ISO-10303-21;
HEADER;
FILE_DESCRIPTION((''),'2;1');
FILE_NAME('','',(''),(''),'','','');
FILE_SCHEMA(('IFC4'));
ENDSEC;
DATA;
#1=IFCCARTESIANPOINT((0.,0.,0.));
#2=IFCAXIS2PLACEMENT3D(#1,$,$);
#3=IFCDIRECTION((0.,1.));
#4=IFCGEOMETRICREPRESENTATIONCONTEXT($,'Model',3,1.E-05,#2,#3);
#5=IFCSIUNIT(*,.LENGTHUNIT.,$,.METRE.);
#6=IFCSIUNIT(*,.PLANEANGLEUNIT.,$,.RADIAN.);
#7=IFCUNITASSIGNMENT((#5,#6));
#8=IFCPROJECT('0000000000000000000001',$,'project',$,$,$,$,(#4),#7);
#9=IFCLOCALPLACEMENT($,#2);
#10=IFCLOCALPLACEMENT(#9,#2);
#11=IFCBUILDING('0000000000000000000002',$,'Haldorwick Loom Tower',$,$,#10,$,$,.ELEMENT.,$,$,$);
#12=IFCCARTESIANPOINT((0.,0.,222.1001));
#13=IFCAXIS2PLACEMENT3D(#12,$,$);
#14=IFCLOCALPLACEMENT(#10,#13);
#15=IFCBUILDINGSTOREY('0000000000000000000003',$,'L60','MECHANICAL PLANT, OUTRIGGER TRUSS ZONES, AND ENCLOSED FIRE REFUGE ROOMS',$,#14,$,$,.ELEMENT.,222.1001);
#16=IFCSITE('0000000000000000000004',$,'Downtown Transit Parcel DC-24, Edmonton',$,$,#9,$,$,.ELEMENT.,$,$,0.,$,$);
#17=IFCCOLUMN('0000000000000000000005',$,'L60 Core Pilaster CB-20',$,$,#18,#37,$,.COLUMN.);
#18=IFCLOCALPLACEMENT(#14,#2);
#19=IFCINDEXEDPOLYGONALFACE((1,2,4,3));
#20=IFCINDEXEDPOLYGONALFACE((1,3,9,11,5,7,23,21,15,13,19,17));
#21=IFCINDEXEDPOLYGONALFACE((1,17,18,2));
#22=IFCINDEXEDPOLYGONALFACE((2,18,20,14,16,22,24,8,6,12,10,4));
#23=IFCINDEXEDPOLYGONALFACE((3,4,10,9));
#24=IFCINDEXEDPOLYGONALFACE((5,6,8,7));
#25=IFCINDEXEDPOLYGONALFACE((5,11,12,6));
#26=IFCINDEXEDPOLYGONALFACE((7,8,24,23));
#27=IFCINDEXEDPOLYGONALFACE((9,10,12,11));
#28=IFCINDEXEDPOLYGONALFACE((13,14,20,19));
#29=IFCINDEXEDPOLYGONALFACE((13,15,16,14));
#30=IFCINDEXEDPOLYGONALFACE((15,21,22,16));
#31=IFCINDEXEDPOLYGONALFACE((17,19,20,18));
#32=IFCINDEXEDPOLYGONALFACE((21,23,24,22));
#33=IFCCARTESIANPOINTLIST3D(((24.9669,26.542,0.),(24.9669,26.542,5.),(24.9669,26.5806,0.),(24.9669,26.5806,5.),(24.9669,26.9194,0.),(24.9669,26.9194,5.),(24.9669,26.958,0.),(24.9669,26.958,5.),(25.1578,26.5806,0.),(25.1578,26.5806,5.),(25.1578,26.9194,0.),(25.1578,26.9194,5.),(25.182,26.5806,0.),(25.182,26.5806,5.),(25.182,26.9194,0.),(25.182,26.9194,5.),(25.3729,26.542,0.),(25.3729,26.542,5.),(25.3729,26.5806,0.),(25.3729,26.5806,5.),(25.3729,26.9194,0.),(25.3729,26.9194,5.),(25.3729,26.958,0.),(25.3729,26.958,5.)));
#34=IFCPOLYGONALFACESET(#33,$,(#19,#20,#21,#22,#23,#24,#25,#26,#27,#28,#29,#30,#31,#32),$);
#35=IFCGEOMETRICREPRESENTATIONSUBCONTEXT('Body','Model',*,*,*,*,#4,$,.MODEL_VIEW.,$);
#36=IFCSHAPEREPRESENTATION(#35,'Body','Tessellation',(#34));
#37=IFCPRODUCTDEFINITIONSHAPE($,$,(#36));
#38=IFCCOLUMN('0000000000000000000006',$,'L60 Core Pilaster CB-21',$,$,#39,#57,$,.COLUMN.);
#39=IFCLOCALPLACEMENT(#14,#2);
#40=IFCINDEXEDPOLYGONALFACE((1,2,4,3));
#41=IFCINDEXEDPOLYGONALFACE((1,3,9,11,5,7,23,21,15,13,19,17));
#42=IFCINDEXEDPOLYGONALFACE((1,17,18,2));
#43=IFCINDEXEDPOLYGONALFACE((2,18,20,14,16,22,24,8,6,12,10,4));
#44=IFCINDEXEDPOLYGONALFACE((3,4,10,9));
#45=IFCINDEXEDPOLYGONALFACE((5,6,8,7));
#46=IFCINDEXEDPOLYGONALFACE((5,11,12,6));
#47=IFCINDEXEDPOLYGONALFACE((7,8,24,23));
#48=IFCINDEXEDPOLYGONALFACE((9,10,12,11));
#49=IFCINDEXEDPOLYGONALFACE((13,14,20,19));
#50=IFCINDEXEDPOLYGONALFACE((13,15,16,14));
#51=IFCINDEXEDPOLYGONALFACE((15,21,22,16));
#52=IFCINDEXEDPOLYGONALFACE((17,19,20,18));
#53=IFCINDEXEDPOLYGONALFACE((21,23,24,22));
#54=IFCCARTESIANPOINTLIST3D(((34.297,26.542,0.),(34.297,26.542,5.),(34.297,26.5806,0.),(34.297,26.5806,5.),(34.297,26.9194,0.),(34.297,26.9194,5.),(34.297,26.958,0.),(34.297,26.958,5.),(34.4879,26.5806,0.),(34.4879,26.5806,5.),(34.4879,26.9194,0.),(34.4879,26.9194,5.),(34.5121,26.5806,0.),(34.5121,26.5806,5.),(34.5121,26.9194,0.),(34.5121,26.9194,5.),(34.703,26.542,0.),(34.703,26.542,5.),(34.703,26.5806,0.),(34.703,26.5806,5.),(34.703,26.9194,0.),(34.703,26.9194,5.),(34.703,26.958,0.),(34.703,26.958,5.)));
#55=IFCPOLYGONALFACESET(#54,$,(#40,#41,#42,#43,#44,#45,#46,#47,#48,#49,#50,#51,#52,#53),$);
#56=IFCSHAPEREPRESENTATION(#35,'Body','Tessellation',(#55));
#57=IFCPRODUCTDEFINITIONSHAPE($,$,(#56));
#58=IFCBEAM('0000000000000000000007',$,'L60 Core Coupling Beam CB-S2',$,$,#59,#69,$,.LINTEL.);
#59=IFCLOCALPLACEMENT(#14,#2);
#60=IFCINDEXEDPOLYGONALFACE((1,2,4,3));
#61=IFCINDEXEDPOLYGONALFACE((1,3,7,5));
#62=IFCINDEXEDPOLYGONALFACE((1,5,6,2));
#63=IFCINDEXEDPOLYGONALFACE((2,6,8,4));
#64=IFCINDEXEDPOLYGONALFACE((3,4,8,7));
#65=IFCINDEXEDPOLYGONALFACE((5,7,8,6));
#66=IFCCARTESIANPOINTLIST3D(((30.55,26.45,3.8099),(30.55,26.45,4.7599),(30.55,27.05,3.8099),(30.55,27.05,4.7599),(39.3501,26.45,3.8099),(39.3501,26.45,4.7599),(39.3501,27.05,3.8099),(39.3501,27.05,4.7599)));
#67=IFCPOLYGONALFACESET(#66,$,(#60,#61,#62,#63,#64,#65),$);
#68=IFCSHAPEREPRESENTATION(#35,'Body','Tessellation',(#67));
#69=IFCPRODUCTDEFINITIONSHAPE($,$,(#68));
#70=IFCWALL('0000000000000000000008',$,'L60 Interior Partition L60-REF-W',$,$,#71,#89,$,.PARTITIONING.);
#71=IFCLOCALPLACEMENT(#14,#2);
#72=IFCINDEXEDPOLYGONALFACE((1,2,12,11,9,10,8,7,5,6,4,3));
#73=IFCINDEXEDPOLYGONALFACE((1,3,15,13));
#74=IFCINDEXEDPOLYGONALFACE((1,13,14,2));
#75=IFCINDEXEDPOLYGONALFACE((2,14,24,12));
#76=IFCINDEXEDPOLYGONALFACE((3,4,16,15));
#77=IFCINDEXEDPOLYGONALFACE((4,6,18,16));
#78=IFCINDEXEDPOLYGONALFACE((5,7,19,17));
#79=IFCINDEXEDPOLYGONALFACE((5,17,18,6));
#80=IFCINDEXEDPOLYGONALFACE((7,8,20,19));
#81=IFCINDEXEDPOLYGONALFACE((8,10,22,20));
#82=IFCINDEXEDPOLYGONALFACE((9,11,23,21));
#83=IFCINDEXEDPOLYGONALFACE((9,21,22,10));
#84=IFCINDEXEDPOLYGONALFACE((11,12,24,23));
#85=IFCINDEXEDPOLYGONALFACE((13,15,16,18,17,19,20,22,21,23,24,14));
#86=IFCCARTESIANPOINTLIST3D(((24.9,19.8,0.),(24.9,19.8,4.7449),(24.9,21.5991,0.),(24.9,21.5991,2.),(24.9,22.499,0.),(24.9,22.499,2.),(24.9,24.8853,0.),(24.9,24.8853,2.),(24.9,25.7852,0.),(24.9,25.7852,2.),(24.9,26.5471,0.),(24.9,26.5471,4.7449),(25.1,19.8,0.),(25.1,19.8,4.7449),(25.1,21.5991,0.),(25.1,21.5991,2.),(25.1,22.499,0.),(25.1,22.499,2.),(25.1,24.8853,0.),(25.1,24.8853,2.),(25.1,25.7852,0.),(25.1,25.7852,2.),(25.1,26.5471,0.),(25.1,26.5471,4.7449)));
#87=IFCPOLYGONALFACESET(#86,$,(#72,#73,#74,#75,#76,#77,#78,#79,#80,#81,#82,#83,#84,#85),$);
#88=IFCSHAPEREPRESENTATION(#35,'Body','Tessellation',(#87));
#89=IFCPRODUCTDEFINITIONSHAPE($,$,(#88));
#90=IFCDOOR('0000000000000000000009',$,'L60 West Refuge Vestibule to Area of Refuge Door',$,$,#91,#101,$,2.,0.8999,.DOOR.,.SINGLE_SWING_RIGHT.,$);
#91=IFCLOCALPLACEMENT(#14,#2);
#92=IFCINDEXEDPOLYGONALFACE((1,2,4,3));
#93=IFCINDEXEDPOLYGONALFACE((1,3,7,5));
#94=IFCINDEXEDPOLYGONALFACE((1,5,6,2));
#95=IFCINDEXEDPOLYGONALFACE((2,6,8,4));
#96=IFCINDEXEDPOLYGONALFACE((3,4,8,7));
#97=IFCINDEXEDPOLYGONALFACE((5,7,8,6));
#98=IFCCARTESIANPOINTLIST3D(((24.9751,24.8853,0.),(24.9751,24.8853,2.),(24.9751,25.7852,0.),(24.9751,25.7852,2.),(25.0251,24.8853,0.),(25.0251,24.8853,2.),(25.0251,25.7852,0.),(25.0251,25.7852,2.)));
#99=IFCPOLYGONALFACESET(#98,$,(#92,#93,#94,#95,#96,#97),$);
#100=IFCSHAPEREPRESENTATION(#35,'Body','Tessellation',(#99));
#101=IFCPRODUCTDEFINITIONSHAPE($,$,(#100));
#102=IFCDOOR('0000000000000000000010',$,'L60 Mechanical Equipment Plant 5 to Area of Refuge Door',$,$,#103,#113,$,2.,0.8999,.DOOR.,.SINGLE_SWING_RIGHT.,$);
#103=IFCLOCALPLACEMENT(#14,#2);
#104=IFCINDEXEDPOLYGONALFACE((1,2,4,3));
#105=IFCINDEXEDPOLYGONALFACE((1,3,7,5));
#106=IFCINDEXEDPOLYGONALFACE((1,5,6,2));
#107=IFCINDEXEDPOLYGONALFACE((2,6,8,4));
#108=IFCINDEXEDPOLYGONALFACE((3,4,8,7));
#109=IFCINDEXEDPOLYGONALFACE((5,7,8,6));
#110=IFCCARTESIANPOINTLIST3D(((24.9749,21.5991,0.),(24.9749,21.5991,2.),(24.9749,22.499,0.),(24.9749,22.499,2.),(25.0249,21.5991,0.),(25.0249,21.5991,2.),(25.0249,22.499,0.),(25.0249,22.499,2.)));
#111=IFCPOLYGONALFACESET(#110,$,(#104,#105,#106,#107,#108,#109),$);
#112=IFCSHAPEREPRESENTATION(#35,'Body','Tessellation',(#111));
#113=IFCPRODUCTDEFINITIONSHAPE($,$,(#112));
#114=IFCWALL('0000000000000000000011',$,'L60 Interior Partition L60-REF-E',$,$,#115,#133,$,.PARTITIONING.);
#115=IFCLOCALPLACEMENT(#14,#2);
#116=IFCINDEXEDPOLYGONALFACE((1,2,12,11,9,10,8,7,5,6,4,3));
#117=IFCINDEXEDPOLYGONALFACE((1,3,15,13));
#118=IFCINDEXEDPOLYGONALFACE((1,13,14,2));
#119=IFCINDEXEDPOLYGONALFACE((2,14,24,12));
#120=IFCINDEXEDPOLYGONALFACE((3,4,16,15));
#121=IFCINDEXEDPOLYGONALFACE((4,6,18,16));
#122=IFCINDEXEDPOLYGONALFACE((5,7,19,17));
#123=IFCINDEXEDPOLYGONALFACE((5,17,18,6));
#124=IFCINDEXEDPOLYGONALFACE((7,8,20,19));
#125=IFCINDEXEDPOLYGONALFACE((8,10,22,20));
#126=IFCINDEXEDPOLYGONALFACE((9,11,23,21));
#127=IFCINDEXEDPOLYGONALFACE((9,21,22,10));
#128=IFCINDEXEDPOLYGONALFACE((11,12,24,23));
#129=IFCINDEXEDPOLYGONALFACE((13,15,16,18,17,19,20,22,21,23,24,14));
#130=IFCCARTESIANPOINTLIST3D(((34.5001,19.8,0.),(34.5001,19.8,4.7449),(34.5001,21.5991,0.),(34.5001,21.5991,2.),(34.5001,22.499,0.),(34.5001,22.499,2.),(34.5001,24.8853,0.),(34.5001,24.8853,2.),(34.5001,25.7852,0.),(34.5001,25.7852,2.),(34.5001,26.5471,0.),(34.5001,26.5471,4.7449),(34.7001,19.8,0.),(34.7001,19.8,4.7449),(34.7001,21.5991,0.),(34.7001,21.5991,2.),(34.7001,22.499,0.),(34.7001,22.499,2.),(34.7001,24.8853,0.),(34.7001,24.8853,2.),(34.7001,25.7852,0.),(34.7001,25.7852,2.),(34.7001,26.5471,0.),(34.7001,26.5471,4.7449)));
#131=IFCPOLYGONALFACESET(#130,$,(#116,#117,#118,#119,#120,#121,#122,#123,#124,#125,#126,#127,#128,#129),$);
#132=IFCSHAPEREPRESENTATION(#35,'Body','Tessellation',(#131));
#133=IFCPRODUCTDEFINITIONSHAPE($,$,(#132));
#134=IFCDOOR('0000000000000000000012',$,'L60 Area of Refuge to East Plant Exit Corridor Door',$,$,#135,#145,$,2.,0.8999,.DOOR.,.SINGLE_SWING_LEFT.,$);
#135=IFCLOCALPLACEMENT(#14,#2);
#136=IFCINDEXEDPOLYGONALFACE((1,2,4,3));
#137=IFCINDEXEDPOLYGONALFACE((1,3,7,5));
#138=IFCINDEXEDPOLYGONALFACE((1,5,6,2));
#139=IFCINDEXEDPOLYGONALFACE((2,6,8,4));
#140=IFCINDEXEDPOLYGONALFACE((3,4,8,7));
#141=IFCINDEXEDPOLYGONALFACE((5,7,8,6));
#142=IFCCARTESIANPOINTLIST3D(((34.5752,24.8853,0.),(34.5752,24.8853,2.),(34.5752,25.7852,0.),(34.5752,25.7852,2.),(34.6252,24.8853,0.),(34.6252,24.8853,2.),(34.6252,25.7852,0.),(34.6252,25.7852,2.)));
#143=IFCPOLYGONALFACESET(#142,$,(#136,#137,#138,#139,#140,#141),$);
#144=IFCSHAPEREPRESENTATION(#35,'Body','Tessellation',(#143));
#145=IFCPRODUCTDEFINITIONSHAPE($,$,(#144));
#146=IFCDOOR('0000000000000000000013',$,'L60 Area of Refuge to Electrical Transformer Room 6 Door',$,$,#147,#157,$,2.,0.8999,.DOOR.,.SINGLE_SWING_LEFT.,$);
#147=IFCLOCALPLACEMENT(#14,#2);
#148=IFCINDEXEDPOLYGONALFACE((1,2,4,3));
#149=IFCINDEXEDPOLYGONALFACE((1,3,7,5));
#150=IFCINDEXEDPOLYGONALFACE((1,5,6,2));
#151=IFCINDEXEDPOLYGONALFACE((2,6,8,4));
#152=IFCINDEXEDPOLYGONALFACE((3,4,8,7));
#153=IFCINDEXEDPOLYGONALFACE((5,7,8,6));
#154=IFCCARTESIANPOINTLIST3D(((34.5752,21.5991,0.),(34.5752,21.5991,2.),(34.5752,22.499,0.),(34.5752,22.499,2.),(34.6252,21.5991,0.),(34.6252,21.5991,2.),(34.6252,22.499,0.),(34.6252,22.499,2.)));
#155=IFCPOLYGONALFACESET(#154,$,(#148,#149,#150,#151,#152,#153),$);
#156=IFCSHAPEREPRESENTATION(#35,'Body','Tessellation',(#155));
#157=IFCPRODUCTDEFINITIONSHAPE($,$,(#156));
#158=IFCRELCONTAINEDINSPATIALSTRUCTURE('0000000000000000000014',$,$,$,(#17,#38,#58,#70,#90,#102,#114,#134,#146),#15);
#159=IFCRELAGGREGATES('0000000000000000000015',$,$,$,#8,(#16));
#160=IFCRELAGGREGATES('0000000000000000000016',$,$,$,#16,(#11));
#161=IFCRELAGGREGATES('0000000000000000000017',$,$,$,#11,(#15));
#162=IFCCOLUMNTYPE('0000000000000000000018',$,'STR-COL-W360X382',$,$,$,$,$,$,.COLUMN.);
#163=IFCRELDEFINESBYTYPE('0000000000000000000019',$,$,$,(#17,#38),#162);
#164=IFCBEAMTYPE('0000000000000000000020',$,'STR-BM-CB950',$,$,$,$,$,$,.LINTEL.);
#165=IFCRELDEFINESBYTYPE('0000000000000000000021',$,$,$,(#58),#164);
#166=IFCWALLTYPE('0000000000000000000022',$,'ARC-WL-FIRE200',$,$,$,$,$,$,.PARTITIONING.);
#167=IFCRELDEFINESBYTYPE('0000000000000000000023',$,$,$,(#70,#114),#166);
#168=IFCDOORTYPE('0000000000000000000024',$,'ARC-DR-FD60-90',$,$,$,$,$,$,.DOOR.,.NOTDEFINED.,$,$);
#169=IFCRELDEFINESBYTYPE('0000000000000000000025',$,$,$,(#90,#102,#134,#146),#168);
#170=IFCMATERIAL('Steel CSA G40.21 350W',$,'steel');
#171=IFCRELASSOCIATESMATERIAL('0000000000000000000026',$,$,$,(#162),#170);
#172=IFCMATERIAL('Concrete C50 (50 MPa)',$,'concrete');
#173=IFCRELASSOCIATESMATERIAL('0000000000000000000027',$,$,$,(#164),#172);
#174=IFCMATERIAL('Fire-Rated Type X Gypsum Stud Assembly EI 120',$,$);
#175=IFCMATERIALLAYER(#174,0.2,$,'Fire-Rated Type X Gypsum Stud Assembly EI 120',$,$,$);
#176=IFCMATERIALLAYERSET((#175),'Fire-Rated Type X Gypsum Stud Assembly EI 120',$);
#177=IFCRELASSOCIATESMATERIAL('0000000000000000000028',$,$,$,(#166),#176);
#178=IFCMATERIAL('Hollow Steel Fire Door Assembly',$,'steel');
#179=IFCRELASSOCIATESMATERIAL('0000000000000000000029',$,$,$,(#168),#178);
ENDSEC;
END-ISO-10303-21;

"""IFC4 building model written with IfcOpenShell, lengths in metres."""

from ifc_helpers import new_model, si_unit, direction, frame, frame_2d, origin, origin_2d, place, context, subcontext, project, spatial, rectangle, i_section, extrude, material, layer, layer_set, material_profile, profile_set, type_object, element, fill, save


model = new_model("IFC4")

# Units and contexts
model_context = context("Model", 3, precision=1e-05, world=origin(), true_north=direction((0.0, 1.0)))
body_context = subcontext(model_context, "Body", "Model", "MODEL_VIEW")
ifc_project = project(units=[si_unit("LENGTHUNIT", "METRE"), si_unit("PLANEANGLEUNIT", "RADIAN")], contexts=[model_context])

# Site, building, storey
site_placement = place(None, origin())
site = spatial("IfcSite", under=ifc_project, at=site_placement, Name="Downtown Transit Parcel DC-24, Edmonton", CompositionType="ELEMENT", RefElevation=0.0)
building_placement = place(site_placement, origin())
building = spatial("IfcBuilding", under=site, at=building_placement, Name="Haldorwick Loom Tower", CompositionType="ELEMENT")
storey_placement = place(building_placement, frame((0.0, 0.0, 222.1001)))
storey = spatial("IfcBuildingStorey", under=building, at=storey_placement, Name="L60", Description="MECHANICAL PLANT, OUTRIGGER TRUSS ZONES, AND ENCLOSED FIRE REFUGE ROOMS", CompositionType="ELEMENT", Elevation=222.1001)

# Columns
ifc_material_1 = material(Name="Steel CSA G40.21 350W", Category="steel")
ifc_material_profile_1 = material_profile(ifc_material_1, i_section(OverallWidth=0.406, OverallDepth=0.416, WebThickness=0.0242, FlangeThickness=0.0386, at=origin_2d()), Name="W360X382", Category="steel")
ifc_profile_set_1 = profile_set([ifc_material_profile_1], Name="Steel CSA G40.21 350W")
column_type = type_object("IfcColumnType", Name="STR-COL-W360X382", PredefinedType="COLUMN", material=ifc_profile_set_1)
for number, where, z_axis, x_axis, name in (
    (1, (25.1699, 26.75, 0.0), (0.0, 0.0, 1.0), (1.0, 0.0, 0.0), "L60 Core Pilaster CB-20"),
    (2, (34.5, 26.75, 0.0), (0.0, 0.0, 1.0), (1.0, 0.0, 0.0), "L60 Core Pilaster CB-21"),
):
    element("IfcColumn", number, at=place(storey_placement, frame(where, z_axis=z_axis, x_axis=x_axis)), inside=storey, type_object=column_type, Name=name, PredefinedType="COLUMN", context=body_context, shape_type="SweptSolid", body=[
        extrude(i_section(OverallWidth=0.406, OverallDepth=0.416, WebThickness=0.0242, FlangeThickness=0.0386, at=origin_2d()), origin(), (0.0, 0.0, 1.0), 5.0),
    ])

# Beam
ifc_material_2 = material(Name="Concrete C50 (50 MPa)", Category="concrete")
ifc_material_profile_2 = material_profile(ifc_material_2, rectangle(XDim=0.6001, YDim=0.95, at=origin_2d()), Name="RC600X950", Category="concrete")
ifc_profile_set_2 = profile_set([ifc_material_profile_2], Name="Concrete C50 (50 MPa)")
beam_type = type_object("IfcBeamType", Name="STR-BM-CB950", PredefinedType="LINTEL", material=ifc_profile_set_2)
beam_placement = place(storey_placement, frame((30.55, 26.75, 4.2849), z_axis=(1.0, 0.0, 0.0), x_axis=(0.0, 1.0, 0.0)))
element("IfcBeam", 3, at=beam_placement, inside=storey, type_object=beam_type, Name="L60 Core Coupling Beam CB-S2", PredefinedType="LINTEL", context=body_context, shape_type="SweptSolid", body=[
    extrude(rectangle(XDim=0.6001, YDim=0.95, at=origin_2d()), origin(), (0.0, 0.0, 1.0), 8.8),
])

# Walls, openings, doors
ifc_material_3 = material(Name="Fire-Rated Type X Gypsum Stud Assembly EI 120")
ifc_layer_1 = layer(ifc_material_3, 0.2, Name="Fire-Rated Type X Gypsum Stud Assembly EI 120")
ifc_layer_set_1 = layer_set([ifc_layer_1], Name="Fire-Rated Type X Gypsum Stud Assembly EI 120")
wall_type_1 = type_object("IfcWallType", Name="ARC-WL-FIRE200", PredefinedType="PARTITIONING", material=ifc_layer_set_1)
wall_1_placement = place(storey_placement, frame((25.0, 19.8, 0.0), z_axis=(0.0, 0.0, 1.0), x_axis=(0.0, 1.0, 0.0)))
wall_1 = element("IfcWall", 4, at=wall_1_placement, inside=storey, type_object=wall_type_1, Name="L60 Interior Partition L60-REF-W", PredefinedType="PARTITIONING", context=body_context, shape_type="SweptSolid", body=[
    extrude(rectangle(XDim=6.7471, YDim=0.2, at=frame_2d((3.3735, 0.0))), origin(), (0.0, 0.0, 1.0), 4.7449),
])
opening_1_placement = place(wall_1_placement, frame((5.0852, 0.0, 0.0)))
opening_1 = element("IfcOpeningElement", 5, at=opening_1_placement, cuts=wall_1, PredefinedType="OPENING", context=body_context, shape_type="SweptSolid", body=[
    extrude(rectangle(XDim=0.8999, YDim=2.0, at=frame_2d((0.45, 1.0))), frame((0.0, 0.1099, 0.0), z_axis=(0.0, -1.0, 0.0), x_axis=(1.0, 0.0, 0.0)), (0.0, 0.0, 1.0), 0.22),
])
opening_2_placement = place(wall_1_placement, frame((1.7991, 0.0, 0.0)))
opening_2 = element("IfcOpeningElement", 6, at=opening_2_placement, cuts=wall_1, PredefinedType="OPENING", context=body_context, shape_type="SweptSolid", body=[
    extrude(rectangle(XDim=0.8999, YDim=2.0, at=frame_2d((0.45, 1.0))), frame((0.0, 0.1099, 0.0), z_axis=(0.0, -1.0, 0.0), x_axis=(1.0, 0.0, 0.0)), (0.0, 0.0, 1.0), 0.22),
])
ifc_material_4 = material(Name="Hollow Steel Fire Door Assembly", Category="steel")
door_type_1 = type_object("IfcDoorType", Name="ARC-DR-FD60-90", OperationType="NOTDEFINED", PredefinedType="DOOR", material=ifc_material_4)
door_1_placement = place(opening_1_placement, origin())
door_1 = element("IfcDoor", 7, at=door_1_placement, inside=storey, type_object=door_type_1, Name="L60 West Refuge Vestibule to Area of Refuge Door", OperationType="SINGLE_SWING_RIGHT", OverallHeight=2.0, OverallWidth=0.8999, PredefinedType="DOOR", context=body_context, shape_type="SweptSolid", body=[
    extrude(rectangle(XDim=0.8999, YDim=2.0, at=frame_2d((0.45, 1.0))), frame((0.0, 0.0249, 0.0), z_axis=(0.0, -1.0, 0.0), x_axis=(1.0, 0.0, 0.0)), (0.0, 0.0, 1.0), 0.05),
])
fill(opening_1, door_1)
door_2_placement = place(opening_2_placement, frame((0.8999, 0.0, 0.0), z_axis=(0.0, 0.0, 1.0), x_axis=(-1.0, 0.0, 0.0)))
door_2 = element("IfcDoor", 8, at=door_2_placement, inside=storey, type_object=door_type_1, Name="L60 Mechanical Equipment Plant 5 to Area of Refuge Door", OperationType="SINGLE_SWING_RIGHT", OverallHeight=2.0, OverallWidth=0.8999, PredefinedType="DOOR", context=body_context, shape_type="SweptSolid", body=[
    extrude(rectangle(XDim=0.8999, YDim=2.0, at=frame_2d((0.45, 1.0))), frame((0.0, 0.0249, 0.0), z_axis=(0.0, -1.0, 0.0), x_axis=(1.0, 0.0, 0.0)), (0.0, 0.0, 1.0), 0.05),
])
fill(opening_2, door_2)
wall_2_placement = place(storey_placement, frame((34.6001, 19.8, 0.0), z_axis=(0.0, 0.0, 1.0), x_axis=(0.0, 1.0, 0.0)))
wall_2 = element("IfcWall", 9, at=wall_2_placement, inside=storey, type_object=wall_type_1, Name="L60 Interior Partition L60-REF-E", PredefinedType="PARTITIONING", context=body_context, shape_type="SweptSolid", body=[
    extrude(rectangle(XDim=6.7471, YDim=0.2, at=frame_2d((3.3735, 0.0))), origin(), (0.0, 0.0, 1.0), 4.7449),
])
opening_3_placement = place(wall_2_placement, frame((5.0852, 0.0, 0.0)))
opening_3 = element("IfcOpeningElement", 10, at=opening_3_placement, cuts=wall_2, PredefinedType="OPENING", context=body_context, shape_type="SweptSolid", body=[
    extrude(rectangle(XDim=0.8999, YDim=2.0, at=frame_2d((0.45, 1.0))), frame((0.0, 0.1099, 0.0), z_axis=(0.0, -1.0, 0.0), x_axis=(1.0, 0.0, 0.0)), (0.0, 0.0, 1.0), 0.22),
])
opening_4_placement = place(wall_2_placement, frame((1.7991, 0.0, 0.0)))
opening_4 = element("IfcOpeningElement", 11, at=opening_4_placement, cuts=wall_2, PredefinedType="OPENING", context=body_context, shape_type="SweptSolid", body=[
    extrude(rectangle(XDim=0.8999, YDim=2.0, at=frame_2d((0.45, 1.0))), frame((0.0, 0.1099, 0.0), z_axis=(0.0, -1.0, 0.0), x_axis=(1.0, 0.0, 0.0)), (0.0, 0.0, 1.0), 0.22),
])
door_3_placement = place(opening_3_placement, origin())
door_3 = element("IfcDoor", 12, at=door_3_placement, inside=storey, type_object=door_type_1, Name="L60 Area of Refuge to East Plant Exit Corridor Door", OperationType="SINGLE_SWING_LEFT", OverallHeight=2.0, OverallWidth=0.8999, PredefinedType="DOOR", context=body_context, shape_type="SweptSolid", body=[
    extrude(rectangle(XDim=0.8999, YDim=2.0, at=frame_2d((0.45, 1.0))), frame((0.0, 0.0249, 0.0), z_axis=(0.0, -1.0, 0.0), x_axis=(1.0, 0.0, 0.0)), (0.0, 0.0, 1.0), 0.05),
])
fill(opening_3, door_3)
door_4_placement = place(opening_4_placement, origin())
door_4 = element("IfcDoor", 13, at=door_4_placement, inside=storey, type_object=door_type_1, Name="L60 Area of Refuge to Electrical Transformer Room 6 Door", OperationType="SINGLE_SWING_LEFT", OverallHeight=2.0, OverallWidth=0.8999, PredefinedType="DOOR", context=body_context, shape_type="SweptSolid", body=[
    extrude(rectangle(XDim=0.8999, YDim=2.0, at=frame_2d((0.45, 1.0))), frame((0.0, 0.0249, 0.0), z_axis=(0.0, -1.0, 0.0), x_axis=(1.0, 0.0, 0.0)), (0.0, 0.0, 1.0), 0.05),
])
fill(opening_4, door_4)

save(model, "model.ifc")
